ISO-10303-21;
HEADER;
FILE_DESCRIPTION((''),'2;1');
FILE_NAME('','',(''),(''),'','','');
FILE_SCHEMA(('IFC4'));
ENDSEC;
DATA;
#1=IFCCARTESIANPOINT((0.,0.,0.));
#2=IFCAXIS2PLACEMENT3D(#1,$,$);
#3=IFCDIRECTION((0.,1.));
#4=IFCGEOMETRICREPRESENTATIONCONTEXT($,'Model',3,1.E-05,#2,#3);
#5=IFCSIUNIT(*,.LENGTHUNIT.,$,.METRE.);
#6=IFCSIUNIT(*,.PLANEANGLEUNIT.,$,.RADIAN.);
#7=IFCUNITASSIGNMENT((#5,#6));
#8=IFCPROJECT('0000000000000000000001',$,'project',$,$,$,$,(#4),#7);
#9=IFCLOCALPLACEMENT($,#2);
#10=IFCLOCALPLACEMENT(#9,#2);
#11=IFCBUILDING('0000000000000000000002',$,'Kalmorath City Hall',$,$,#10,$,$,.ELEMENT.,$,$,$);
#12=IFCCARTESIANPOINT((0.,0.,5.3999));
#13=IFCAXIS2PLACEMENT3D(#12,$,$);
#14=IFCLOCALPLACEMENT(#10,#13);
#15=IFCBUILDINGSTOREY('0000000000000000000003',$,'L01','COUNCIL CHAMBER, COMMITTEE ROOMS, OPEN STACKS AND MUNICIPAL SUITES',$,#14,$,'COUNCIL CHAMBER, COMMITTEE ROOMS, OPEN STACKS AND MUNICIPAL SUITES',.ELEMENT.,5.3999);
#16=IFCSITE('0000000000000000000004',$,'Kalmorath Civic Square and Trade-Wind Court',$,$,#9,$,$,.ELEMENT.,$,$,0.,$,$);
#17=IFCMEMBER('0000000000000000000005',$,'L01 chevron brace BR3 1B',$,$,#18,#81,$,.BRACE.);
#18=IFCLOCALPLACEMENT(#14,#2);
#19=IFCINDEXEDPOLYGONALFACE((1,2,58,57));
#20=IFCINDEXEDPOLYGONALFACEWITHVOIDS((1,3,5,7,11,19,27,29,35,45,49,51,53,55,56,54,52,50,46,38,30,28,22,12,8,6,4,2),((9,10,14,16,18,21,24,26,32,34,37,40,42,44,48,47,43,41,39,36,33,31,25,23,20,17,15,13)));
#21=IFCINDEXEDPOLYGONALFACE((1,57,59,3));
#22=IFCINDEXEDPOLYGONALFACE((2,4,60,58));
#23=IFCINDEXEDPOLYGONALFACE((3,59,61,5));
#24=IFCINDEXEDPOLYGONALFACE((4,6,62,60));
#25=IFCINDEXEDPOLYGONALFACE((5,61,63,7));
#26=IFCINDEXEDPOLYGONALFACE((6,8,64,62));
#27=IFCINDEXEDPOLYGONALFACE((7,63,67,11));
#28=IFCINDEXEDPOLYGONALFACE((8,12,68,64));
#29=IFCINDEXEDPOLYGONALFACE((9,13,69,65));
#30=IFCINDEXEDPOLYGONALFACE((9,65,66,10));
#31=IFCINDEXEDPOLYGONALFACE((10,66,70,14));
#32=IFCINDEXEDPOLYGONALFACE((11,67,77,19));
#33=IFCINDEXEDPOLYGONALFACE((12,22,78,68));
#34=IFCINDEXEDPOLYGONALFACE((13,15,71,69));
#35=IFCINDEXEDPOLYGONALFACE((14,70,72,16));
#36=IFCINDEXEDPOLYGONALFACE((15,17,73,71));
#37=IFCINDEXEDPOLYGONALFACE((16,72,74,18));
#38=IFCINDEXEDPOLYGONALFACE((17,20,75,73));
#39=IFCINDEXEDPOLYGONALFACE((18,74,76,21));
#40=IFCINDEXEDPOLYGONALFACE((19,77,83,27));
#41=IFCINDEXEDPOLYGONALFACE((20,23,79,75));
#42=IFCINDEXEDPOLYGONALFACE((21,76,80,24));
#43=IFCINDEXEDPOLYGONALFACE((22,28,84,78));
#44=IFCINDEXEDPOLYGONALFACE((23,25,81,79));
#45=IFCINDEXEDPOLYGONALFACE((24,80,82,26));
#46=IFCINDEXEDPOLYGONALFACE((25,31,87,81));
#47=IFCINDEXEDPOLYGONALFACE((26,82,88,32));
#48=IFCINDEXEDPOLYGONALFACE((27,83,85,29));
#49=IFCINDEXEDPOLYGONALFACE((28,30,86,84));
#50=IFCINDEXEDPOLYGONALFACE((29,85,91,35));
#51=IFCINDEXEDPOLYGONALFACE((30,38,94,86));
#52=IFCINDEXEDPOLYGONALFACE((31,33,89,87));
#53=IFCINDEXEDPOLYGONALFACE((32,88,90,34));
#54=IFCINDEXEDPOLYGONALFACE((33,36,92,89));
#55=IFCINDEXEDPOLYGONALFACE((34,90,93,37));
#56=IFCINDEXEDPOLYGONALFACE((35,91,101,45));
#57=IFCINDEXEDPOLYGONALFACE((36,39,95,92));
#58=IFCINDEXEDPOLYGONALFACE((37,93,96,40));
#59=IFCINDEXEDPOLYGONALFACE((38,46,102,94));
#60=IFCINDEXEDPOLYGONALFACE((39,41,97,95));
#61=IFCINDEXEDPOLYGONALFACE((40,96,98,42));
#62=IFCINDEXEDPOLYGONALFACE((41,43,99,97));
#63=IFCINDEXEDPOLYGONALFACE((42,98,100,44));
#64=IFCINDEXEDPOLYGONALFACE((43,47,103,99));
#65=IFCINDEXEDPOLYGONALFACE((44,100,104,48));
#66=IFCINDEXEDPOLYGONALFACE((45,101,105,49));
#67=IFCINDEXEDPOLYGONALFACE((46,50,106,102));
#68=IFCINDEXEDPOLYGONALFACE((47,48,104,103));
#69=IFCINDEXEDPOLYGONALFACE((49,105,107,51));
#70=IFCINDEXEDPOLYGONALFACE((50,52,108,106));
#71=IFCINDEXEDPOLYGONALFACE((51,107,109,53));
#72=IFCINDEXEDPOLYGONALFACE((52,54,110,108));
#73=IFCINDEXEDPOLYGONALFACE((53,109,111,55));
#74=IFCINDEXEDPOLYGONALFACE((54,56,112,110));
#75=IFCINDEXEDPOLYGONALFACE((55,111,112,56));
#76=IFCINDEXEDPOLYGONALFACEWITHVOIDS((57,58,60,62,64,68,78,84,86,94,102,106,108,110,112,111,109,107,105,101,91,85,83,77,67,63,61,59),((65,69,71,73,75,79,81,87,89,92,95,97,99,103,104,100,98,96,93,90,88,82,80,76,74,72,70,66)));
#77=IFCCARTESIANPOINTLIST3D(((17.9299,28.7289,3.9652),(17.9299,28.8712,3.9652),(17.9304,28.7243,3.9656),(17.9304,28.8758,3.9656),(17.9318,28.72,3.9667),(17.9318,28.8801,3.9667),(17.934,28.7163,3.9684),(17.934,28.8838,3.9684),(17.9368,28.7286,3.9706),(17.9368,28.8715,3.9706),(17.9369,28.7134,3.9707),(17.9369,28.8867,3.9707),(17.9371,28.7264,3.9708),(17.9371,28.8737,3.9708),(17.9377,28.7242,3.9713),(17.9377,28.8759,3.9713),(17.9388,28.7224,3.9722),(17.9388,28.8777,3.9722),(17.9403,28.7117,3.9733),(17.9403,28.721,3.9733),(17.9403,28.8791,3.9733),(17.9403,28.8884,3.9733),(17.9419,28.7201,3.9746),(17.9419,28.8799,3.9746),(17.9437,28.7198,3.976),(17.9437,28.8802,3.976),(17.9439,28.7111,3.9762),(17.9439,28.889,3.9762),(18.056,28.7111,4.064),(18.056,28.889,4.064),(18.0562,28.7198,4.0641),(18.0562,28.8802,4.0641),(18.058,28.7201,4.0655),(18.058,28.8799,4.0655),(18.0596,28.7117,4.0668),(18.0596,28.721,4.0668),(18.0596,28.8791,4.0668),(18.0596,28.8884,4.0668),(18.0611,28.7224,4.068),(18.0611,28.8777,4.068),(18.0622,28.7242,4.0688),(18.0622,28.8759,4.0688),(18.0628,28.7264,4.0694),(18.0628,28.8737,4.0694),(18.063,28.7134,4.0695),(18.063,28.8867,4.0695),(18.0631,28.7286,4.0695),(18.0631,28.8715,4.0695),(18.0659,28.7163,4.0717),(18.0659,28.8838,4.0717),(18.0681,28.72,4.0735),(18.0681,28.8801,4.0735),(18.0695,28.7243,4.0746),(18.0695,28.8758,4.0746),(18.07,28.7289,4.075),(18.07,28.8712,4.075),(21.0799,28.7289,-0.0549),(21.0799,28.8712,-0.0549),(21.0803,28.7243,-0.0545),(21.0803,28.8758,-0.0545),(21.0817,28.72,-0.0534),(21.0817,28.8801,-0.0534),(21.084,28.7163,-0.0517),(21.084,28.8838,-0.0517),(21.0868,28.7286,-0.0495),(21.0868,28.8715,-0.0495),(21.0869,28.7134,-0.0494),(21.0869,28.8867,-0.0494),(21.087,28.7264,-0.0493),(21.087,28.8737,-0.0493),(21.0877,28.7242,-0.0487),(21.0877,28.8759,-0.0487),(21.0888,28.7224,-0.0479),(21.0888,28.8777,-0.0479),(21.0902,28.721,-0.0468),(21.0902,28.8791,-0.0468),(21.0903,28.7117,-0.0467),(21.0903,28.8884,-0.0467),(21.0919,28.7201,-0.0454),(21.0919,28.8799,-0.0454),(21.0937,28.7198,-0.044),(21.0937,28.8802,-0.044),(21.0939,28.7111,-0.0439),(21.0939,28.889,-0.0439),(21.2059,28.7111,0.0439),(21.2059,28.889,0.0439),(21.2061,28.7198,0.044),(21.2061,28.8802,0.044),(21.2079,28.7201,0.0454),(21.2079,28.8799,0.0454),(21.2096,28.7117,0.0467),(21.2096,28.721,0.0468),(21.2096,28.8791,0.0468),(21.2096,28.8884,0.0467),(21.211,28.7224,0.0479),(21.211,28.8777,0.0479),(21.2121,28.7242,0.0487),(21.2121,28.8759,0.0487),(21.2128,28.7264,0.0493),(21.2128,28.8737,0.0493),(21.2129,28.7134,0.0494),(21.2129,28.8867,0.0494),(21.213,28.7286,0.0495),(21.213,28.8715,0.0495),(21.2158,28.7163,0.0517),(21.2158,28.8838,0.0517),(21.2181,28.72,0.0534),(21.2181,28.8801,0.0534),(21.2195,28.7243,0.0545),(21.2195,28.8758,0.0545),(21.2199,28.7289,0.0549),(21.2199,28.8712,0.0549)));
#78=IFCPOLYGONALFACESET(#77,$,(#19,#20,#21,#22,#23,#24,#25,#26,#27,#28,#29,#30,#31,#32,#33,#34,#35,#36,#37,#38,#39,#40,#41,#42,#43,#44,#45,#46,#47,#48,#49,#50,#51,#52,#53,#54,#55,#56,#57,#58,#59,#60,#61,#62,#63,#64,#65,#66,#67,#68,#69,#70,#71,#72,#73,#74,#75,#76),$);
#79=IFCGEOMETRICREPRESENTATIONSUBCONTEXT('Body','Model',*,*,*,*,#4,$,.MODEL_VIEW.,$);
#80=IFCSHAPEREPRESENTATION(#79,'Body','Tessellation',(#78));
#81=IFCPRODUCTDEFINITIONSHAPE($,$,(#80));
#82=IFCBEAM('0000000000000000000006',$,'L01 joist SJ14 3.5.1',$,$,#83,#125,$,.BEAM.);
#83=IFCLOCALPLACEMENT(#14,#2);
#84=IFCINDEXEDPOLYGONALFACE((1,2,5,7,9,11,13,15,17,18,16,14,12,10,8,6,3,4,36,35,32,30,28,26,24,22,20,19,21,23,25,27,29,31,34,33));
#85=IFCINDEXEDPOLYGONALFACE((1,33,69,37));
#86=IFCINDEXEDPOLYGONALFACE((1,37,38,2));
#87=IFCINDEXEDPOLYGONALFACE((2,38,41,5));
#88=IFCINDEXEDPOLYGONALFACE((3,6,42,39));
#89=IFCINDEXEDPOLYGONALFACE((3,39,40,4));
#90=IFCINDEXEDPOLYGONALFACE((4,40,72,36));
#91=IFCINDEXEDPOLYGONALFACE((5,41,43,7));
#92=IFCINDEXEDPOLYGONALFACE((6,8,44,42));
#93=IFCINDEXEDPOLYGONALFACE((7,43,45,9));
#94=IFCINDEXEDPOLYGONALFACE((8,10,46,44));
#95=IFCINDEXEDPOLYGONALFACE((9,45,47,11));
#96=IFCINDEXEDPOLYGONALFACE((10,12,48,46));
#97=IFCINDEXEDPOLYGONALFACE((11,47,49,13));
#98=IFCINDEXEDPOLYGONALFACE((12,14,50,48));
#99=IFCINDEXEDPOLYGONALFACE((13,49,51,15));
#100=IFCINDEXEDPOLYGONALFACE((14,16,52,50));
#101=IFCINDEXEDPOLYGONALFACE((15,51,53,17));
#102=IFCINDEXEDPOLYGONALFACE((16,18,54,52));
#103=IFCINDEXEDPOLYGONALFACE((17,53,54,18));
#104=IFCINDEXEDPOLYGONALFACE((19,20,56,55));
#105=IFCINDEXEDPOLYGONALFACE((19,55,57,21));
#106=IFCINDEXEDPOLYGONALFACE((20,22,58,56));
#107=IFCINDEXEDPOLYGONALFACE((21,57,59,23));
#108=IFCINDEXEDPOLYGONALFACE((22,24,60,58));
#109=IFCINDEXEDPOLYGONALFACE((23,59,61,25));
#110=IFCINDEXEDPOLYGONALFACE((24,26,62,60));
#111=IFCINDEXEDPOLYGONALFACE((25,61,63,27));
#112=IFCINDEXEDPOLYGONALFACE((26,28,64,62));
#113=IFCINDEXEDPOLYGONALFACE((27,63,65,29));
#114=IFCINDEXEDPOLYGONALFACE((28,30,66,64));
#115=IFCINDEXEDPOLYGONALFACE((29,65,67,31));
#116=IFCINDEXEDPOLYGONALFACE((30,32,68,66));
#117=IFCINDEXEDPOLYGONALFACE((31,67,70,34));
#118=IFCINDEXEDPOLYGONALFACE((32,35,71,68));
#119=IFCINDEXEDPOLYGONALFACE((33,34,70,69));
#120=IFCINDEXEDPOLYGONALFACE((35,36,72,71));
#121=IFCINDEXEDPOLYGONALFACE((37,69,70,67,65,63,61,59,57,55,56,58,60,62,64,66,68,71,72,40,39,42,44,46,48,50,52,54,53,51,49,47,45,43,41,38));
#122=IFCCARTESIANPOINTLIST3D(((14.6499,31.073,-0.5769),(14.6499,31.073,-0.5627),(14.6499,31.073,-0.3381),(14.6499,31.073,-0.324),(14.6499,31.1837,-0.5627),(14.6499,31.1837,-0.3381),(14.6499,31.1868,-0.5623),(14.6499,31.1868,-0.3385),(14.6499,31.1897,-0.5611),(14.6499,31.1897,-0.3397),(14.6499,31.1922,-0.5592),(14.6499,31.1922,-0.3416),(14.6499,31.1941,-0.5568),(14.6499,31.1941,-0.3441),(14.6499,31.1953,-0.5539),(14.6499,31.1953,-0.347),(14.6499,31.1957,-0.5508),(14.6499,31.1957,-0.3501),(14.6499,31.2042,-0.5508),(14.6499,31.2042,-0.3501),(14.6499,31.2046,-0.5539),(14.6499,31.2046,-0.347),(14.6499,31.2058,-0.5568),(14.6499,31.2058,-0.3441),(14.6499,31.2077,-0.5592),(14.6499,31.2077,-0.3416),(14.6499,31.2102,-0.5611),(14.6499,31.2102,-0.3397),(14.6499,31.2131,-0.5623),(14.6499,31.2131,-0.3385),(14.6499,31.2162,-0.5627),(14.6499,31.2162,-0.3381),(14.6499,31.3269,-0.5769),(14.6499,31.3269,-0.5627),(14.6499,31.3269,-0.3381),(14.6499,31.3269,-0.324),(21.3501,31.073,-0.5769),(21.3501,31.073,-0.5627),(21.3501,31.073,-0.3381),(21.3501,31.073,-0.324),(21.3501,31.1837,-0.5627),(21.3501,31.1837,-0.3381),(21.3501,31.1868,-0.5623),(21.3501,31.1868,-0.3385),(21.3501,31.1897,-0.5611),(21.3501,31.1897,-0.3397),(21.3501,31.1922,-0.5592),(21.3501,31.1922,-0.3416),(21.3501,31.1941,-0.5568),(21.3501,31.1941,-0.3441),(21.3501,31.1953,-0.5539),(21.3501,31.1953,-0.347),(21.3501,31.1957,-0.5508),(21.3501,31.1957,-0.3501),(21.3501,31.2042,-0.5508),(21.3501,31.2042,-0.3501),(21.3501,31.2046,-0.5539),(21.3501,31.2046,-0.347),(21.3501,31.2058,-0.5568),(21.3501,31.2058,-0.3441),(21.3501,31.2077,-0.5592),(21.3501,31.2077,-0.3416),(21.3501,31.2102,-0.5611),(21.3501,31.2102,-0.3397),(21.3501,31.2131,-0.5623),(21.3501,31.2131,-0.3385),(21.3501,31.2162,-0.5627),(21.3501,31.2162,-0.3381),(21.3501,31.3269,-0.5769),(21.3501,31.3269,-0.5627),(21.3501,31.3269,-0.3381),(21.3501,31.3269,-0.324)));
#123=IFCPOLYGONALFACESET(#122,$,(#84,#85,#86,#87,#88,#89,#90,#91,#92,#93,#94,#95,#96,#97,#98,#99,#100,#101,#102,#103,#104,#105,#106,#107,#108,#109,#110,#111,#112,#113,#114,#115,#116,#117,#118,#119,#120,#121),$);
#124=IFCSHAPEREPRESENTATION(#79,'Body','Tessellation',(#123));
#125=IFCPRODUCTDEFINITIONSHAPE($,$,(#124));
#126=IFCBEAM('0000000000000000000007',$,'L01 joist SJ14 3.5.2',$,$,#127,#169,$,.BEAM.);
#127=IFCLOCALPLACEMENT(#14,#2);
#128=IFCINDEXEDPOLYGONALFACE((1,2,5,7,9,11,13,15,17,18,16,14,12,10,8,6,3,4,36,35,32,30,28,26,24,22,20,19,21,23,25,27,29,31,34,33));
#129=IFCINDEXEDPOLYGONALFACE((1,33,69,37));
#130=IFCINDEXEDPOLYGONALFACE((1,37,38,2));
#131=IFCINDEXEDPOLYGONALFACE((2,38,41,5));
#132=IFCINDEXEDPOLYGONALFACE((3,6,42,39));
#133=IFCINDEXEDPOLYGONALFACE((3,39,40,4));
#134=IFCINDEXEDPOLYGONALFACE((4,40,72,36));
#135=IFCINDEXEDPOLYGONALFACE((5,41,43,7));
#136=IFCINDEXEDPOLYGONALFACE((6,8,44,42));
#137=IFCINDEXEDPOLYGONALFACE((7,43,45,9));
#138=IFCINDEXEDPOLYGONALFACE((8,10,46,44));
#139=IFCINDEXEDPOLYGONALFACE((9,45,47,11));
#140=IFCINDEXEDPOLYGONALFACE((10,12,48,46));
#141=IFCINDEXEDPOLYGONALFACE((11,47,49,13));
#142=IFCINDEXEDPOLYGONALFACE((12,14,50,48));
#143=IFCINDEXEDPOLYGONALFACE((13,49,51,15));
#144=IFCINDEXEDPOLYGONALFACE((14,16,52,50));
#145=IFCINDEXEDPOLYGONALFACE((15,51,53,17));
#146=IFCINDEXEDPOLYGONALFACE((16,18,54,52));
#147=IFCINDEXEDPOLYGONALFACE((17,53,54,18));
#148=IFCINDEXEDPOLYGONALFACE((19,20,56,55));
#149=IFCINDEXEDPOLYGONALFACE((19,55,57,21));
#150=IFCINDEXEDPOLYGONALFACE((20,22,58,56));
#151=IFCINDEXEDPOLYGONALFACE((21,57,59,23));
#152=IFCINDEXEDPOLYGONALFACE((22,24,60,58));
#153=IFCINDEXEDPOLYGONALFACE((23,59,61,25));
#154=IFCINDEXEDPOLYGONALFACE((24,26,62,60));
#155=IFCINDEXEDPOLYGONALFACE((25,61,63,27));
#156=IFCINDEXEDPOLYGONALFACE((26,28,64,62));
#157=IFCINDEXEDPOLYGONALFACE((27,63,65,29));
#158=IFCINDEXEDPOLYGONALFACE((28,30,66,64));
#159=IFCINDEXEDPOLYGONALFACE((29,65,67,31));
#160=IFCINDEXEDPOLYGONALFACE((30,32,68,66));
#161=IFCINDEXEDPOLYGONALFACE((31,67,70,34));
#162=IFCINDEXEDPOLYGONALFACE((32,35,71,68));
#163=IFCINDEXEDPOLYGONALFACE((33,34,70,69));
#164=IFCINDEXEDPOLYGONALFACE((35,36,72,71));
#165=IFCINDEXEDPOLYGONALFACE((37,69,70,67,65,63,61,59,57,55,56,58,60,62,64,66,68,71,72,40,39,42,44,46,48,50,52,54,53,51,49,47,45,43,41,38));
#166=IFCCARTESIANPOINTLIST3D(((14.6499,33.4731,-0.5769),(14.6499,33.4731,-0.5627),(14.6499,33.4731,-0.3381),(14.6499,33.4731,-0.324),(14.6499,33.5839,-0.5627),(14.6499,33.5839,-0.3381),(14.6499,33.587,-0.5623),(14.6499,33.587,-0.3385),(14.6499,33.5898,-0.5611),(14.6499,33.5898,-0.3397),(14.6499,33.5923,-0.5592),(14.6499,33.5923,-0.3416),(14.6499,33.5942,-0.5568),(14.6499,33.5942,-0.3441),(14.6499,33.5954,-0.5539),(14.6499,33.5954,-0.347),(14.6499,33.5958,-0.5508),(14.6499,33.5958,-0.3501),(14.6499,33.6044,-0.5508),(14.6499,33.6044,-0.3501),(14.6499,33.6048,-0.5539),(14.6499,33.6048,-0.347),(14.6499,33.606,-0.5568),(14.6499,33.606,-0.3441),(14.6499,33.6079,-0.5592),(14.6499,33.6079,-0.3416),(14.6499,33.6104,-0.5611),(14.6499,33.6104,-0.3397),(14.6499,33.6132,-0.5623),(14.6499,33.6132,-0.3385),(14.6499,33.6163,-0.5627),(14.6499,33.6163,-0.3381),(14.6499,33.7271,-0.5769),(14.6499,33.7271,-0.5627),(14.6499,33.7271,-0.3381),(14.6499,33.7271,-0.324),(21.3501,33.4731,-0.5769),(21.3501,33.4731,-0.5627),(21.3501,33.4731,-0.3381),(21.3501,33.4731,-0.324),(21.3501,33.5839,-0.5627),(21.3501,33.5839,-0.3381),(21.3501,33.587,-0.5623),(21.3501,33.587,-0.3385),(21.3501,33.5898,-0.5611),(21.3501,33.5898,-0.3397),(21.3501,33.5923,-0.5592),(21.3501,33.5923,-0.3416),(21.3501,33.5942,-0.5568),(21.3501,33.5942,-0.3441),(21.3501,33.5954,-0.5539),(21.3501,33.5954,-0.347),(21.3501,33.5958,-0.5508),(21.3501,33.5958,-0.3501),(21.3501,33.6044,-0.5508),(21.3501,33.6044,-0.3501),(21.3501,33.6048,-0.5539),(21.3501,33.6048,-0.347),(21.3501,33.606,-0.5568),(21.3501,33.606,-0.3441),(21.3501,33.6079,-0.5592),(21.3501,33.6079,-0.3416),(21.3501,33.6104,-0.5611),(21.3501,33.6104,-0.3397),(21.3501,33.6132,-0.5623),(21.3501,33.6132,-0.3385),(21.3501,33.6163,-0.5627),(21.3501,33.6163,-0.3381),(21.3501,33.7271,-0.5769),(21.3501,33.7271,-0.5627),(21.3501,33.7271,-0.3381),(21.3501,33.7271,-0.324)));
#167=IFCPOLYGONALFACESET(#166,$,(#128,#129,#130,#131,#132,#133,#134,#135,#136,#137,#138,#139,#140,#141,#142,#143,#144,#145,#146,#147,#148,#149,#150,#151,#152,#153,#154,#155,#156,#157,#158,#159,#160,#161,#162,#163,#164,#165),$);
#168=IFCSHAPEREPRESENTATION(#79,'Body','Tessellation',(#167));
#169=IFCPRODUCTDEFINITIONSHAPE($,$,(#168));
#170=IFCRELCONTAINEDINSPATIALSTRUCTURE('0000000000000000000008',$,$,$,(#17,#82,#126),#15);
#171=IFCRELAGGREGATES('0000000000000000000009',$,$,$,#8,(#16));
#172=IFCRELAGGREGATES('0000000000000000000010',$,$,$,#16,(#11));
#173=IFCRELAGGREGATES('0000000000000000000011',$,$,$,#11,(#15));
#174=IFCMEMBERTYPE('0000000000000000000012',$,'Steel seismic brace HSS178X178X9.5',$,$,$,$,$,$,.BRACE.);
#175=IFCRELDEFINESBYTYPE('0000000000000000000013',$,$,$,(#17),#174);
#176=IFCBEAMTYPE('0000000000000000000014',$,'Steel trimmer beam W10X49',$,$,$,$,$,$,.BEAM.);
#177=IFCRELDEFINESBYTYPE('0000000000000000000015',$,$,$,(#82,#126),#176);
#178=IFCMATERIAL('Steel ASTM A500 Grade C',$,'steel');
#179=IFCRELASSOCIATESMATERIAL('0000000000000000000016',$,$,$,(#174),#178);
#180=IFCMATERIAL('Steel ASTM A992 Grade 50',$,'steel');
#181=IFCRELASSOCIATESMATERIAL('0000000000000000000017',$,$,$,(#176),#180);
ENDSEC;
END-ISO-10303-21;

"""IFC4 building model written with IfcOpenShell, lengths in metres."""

from ifc_helpers import new_model, si_unit, direction, frame, origin, origin_2d, place, context, subcontext, project, spatial, hollow_rectangle, i_section, extrude, material, material_profile, profile_set, type_object, element, save


model = new_model("IFC4")

# Units and contexts
model_context = context("Model", 3, precision=1e-05, world=origin(), true_north=direction((0.0, 1.0)))
body_context = subcontext(model_context, "Body", "Model", "MODEL_VIEW")
ifc_project = project(units=[si_unit("LENGTHUNIT", "METRE"), si_unit("PLANEANGLEUNIT", "RADIAN")], contexts=[model_context])

# Site, building, storey
site_placement = place(None, origin())
site = spatial("IfcSite", under=ifc_project, at=site_placement, Name="Kalmorath Civic Square and Trade-Wind Court", CompositionType="ELEMENT", RefElevation=0.0)
building_placement = place(site_placement, origin())
building = spatial("IfcBuilding", under=site, at=building_placement, Name="Kalmorath City Hall", CompositionType="ELEMENT")
storey_placement = place(building_placement, frame((0.0, 0.0, 5.3999)))
storey = spatial("IfcBuildingStorey", under=building, at=storey_placement, Name="L01", Description="COUNCIL CHAMBER, COMMITTEE ROOMS, OPEN STACKS AND MUNICIPAL SUITES", LongName="COUNCIL CHAMBER, COMMITTEE ROOMS, OPEN STACKS AND MUNICIPAL SUITES", CompositionType="ELEMENT", Elevation=5.3999)

# Member
ifc_material_1 = material(Name="Steel ASTM A500 Grade C", Category="steel")
ifc_material_profile_1 = material_profile(ifc_material_1, hollow_rectangle(XDim=0.178, YDim=0.178, WallThickness=0.0088, InnerFilletRadius=0.0088, OuterFilletRadius=0.0178, at=origin_2d()), Name="HSS178X178X9.5")
ifc_profile_set_1 = profile_set([ifc_material_profile_1], Name="Steel ASTM A500 Grade C")
member_type = type_object("IfcMemberType", Name="Steel seismic brace HSS178X178X9.5", PredefinedType="BRACE", material=ifc_profile_set_1)
for number, where, z_axis, x_axis, name in (
    (1, (21.1499, 28.8, 0.0), (-0.61677, 0.0, 0.787144), (0.0, -1.0, 0.0), "L01 chevron brace BR3 1B"),
):
    element("IfcMember", number, at=place(storey_placement, frame(where, z_axis=z_axis, x_axis=x_axis)), inside=storey, type_object=member_type, Name=name, PredefinedType="BRACE", context=body_context, shape_type="SweptSolid", body=[
        extrude(hollow_rectangle(XDim=0.178, YDim=0.178, WallThickness=0.0088, InnerFilletRadius=0.0088, OuterFilletRadius=0.0178, at=origin_2d()), origin(), (0.0, 0.0, 1.0), 5.1072),
    ])

# Beams
ifc_material_2 = material(Name="Steel ASTM A992 Grade 50", Category="steel")
ifc_material_profile_2 = material_profile(ifc_material_2, i_section(OverallWidth=0.2539, OverallDepth=0.2529, WebThickness=0.0085, FlangeThickness=0.0142, FilletRadius=0.012, at=origin_2d()), Name="W10X49")
ifc_profile_set_2 = profile_set([ifc_material_profile_2], Name="Steel ASTM A992 Grade 50")
beam_type_1 = type_object("IfcBeamType", Name="Steel trimmer beam W10X49", PredefinedType="BEAM", material=ifc_profile_set_2)
for number, where, z_axis, x_axis, name in (
    (2, (14.6499, 31.2, -0.4504), (1.0, 0.0, 0.0), (0.0, 1.0, 0.0), "L01 joist SJ14 3.5.1"),
    (3, (14.6499, 33.6001, -0.4504), (1.0, 0.0, 0.0), (0.0, 1.0, 0.0), "L01 joist SJ14 3.5.2"),
):
    element("IfcBeam", number, at=place(storey_placement, frame(where, z_axis=z_axis, x_axis=x_axis)), inside=storey, type_object=beam_type_1, Name=name, PredefinedType="BEAM", context=body_context, shape_type="SweptSolid", body=[
        extrude(i_section(OverallWidth=0.2539, OverallDepth=0.2529, WebThickness=0.0085, FlangeThickness=0.0142, FilletRadius=0.012, at=origin_2d()), origin(), (0.0, 0.0, 1.0), 6.7002),
    ])

save(model, "model.ifc")
